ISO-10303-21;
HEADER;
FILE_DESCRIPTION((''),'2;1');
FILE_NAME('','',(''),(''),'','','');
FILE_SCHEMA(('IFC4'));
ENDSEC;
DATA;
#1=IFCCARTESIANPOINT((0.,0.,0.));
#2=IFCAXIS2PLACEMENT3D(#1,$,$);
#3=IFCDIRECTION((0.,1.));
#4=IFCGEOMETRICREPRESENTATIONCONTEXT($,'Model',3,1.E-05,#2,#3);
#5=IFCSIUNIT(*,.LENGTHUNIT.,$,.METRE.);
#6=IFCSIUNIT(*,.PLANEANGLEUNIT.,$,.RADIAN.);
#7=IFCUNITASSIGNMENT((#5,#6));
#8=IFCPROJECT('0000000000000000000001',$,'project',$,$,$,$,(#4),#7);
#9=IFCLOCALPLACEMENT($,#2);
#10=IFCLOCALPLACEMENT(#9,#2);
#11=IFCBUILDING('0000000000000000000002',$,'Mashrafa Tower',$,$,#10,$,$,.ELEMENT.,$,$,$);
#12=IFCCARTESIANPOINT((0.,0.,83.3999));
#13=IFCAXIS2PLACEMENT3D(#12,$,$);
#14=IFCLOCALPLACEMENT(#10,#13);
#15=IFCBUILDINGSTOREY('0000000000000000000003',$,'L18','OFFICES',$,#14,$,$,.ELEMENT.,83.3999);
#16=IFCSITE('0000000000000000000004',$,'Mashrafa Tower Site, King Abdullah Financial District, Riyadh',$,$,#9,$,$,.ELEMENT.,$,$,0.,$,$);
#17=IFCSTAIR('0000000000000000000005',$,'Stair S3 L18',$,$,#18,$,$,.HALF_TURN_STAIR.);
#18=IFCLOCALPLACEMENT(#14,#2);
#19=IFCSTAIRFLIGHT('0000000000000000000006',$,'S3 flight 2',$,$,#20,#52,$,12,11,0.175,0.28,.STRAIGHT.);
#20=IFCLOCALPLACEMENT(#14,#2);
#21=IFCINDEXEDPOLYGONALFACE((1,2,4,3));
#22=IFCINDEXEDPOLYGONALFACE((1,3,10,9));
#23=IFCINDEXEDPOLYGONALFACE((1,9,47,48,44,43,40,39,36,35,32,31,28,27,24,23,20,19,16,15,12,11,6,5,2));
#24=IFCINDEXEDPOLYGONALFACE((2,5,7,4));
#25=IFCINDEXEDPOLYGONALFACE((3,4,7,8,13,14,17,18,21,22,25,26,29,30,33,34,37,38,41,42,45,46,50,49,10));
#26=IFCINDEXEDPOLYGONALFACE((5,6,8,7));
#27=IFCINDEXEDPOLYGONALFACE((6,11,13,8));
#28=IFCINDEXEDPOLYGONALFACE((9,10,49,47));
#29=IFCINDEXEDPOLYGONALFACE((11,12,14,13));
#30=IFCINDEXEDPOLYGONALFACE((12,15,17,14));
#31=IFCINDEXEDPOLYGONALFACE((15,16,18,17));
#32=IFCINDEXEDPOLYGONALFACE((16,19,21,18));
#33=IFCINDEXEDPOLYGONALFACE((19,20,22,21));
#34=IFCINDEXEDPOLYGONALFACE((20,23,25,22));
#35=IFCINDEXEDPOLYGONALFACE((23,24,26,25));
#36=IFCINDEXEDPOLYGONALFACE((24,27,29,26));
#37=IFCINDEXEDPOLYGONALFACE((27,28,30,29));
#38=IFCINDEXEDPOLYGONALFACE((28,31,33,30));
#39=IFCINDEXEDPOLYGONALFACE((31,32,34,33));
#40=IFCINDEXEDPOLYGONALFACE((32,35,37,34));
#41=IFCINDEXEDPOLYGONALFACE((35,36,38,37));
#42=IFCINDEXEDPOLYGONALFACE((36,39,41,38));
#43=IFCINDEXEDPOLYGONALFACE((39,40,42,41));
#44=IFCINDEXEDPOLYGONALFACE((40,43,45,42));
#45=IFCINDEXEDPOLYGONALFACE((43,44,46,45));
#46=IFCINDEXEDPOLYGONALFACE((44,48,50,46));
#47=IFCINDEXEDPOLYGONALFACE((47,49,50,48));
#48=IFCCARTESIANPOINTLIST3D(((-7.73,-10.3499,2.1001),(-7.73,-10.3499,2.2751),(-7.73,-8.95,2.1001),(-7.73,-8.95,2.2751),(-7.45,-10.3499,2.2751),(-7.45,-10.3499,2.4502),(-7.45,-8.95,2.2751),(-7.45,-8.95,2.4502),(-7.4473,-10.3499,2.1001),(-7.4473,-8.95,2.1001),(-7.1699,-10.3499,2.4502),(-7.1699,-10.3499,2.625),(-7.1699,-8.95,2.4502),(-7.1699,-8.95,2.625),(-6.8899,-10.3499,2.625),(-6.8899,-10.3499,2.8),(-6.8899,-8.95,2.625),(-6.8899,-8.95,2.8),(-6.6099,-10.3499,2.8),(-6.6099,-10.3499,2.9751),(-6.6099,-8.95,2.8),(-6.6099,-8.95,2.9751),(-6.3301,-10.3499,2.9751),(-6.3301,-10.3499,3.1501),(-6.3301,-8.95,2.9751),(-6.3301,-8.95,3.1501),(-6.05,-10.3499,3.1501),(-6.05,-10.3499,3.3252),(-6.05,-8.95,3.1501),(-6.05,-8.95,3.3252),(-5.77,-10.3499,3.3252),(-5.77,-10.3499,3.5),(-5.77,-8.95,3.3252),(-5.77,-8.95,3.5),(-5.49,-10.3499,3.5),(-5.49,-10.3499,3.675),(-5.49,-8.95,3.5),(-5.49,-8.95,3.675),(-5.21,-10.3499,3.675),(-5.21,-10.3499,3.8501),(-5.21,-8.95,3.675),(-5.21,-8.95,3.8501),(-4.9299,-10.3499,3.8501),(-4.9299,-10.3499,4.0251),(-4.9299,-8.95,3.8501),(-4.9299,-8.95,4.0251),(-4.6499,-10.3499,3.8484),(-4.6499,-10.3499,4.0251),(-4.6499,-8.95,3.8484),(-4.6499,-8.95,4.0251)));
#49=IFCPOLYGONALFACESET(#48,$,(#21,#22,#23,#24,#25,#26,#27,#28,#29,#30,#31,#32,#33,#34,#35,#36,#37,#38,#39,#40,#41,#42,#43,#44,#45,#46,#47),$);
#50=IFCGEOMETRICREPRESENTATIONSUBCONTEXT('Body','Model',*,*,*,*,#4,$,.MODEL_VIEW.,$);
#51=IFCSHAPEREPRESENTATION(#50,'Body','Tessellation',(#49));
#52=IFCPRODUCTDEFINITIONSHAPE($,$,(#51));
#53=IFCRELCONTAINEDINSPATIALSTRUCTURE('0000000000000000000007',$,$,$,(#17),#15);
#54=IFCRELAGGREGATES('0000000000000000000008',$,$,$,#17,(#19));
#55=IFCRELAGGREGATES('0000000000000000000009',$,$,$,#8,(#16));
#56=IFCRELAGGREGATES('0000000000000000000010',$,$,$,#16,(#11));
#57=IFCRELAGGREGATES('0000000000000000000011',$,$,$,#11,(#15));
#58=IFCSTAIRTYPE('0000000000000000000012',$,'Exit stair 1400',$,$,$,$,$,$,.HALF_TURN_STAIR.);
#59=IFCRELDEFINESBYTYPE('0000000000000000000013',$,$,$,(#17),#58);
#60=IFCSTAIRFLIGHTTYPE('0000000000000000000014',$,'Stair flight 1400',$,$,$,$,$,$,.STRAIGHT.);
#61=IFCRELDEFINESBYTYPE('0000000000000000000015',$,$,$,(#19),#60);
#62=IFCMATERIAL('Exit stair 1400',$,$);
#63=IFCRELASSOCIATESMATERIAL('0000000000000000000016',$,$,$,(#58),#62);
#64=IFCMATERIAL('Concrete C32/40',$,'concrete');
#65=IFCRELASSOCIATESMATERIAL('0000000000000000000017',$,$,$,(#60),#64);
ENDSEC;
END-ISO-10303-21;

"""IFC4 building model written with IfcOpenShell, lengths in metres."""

from ifc_helpers import new_model, si_unit, direction, frame, origin, place, context, subcontext, project, spatial, polyline, outline, extrude, material, type_object, element, aggregate, save


model = new_model("IFC4")

# Units and contexts
model_context = context("Model", 3, precision=1e-05, world=origin(), true_north=direction((0.0, 1.0)))
body_context = subcontext(model_context, "Body", "Model", "MODEL_VIEW")
ifc_project = project(units=[si_unit("LENGTHUNIT", "METRE"), si_unit("PLANEANGLEUNIT", "RADIAN")], contexts=[model_context])

# Site, building, storey
site_placement = place(None, origin())
site = spatial("IfcSite", under=ifc_project, at=site_placement, Name="Mashrafa Tower Site, King Abdullah Financial District, Riyadh", CompositionType="ELEMENT", RefElevation=0.0)
building_placement = place(site_placement, origin())
building = spatial("IfcBuilding", under=site, at=building_placement, Name="Mashrafa Tower", CompositionType="ELEMENT")
storey_placement = place(building_placement, frame((0.0, 0.0, 83.3999)))
storey = spatial("IfcBuildingStorey", under=building, at=storey_placement, Name="L18", Description="OFFICES", CompositionType="ELEMENT", Elevation=83.3999)

# Stair, stair flight
ifc_material_1 = material(Name="Exit stair 1400")
stair_type = type_object("IfcStairType", Name="Exit stair 1400", PredefinedType="HALF_TURN_STAIR", material=ifc_material_1)
stair_placement = place(storey_placement, origin())
stair = element("IfcStair", 1, at=stair_placement, inside=storey, type_object=stair_type, Name="Stair S3 L18", PredefinedType="HALF_TURN_STAIR")
ifc_material_2 = material(Name="Concrete C32/40", Category="concrete")
stair_flight_type = type_object("IfcStairFlightType", Name="Stair flight 1400", PredefinedType="STRAIGHT", material=ifc_material_2)
stair_flight_placement = place(storey_placement, frame((-7.73, -9.6499, 2.1001), z_axis=(0.0, 0.0, 1.0), x_axis=(1.0, 0.0, 0.0)))
stair_flight = element("IfcStairFlight", 2, at=stair_flight_placement, type_object=stair_flight_type, Name="S3 flight 2", NumberOfRisers=12, NumberOfTreads=11, PredefinedType="STRAIGHT", RiserHeight=0.175, TreadLength=0.28, context=body_context, shape_type="SweptSolid", body=[
    extrude(outline(polyline([(0.0, 0.0), (0.0, 0.175), (0.28, 0.175), (0.28, 0.3501), (0.5601, 0.3501), (0.5601, 0.5249), (0.8401, 0.5249), (0.8401, 0.7), (1.1201, 0.7), (1.1201, 0.875), (1.3999, 0.875), (1.3999, 1.05), (1.6799, 1.05), (1.6799, 1.2251), (1.96, 1.2251), (1.96, 1.3999), (2.24, 1.3999), (2.24, 1.575), (2.52, 1.575), (2.52, 1.75), (2.8, 1.75), (2.8, 1.925), (3.0801, 1.925), (3.0801, 2.1001), (3.0801, 1.7483), (0.2827, 0.0), (0.0, 0.0)])), frame((0.0, 0.7, 0.0), z_axis=(0.0, -1.0, 0.0), x_axis=(1.0, 0.0, 0.0)), (0.0, 0.0, 1.0), 1.3999),
])
aggregate(stair, [stair_flight])

save(model, "model.ifc")
